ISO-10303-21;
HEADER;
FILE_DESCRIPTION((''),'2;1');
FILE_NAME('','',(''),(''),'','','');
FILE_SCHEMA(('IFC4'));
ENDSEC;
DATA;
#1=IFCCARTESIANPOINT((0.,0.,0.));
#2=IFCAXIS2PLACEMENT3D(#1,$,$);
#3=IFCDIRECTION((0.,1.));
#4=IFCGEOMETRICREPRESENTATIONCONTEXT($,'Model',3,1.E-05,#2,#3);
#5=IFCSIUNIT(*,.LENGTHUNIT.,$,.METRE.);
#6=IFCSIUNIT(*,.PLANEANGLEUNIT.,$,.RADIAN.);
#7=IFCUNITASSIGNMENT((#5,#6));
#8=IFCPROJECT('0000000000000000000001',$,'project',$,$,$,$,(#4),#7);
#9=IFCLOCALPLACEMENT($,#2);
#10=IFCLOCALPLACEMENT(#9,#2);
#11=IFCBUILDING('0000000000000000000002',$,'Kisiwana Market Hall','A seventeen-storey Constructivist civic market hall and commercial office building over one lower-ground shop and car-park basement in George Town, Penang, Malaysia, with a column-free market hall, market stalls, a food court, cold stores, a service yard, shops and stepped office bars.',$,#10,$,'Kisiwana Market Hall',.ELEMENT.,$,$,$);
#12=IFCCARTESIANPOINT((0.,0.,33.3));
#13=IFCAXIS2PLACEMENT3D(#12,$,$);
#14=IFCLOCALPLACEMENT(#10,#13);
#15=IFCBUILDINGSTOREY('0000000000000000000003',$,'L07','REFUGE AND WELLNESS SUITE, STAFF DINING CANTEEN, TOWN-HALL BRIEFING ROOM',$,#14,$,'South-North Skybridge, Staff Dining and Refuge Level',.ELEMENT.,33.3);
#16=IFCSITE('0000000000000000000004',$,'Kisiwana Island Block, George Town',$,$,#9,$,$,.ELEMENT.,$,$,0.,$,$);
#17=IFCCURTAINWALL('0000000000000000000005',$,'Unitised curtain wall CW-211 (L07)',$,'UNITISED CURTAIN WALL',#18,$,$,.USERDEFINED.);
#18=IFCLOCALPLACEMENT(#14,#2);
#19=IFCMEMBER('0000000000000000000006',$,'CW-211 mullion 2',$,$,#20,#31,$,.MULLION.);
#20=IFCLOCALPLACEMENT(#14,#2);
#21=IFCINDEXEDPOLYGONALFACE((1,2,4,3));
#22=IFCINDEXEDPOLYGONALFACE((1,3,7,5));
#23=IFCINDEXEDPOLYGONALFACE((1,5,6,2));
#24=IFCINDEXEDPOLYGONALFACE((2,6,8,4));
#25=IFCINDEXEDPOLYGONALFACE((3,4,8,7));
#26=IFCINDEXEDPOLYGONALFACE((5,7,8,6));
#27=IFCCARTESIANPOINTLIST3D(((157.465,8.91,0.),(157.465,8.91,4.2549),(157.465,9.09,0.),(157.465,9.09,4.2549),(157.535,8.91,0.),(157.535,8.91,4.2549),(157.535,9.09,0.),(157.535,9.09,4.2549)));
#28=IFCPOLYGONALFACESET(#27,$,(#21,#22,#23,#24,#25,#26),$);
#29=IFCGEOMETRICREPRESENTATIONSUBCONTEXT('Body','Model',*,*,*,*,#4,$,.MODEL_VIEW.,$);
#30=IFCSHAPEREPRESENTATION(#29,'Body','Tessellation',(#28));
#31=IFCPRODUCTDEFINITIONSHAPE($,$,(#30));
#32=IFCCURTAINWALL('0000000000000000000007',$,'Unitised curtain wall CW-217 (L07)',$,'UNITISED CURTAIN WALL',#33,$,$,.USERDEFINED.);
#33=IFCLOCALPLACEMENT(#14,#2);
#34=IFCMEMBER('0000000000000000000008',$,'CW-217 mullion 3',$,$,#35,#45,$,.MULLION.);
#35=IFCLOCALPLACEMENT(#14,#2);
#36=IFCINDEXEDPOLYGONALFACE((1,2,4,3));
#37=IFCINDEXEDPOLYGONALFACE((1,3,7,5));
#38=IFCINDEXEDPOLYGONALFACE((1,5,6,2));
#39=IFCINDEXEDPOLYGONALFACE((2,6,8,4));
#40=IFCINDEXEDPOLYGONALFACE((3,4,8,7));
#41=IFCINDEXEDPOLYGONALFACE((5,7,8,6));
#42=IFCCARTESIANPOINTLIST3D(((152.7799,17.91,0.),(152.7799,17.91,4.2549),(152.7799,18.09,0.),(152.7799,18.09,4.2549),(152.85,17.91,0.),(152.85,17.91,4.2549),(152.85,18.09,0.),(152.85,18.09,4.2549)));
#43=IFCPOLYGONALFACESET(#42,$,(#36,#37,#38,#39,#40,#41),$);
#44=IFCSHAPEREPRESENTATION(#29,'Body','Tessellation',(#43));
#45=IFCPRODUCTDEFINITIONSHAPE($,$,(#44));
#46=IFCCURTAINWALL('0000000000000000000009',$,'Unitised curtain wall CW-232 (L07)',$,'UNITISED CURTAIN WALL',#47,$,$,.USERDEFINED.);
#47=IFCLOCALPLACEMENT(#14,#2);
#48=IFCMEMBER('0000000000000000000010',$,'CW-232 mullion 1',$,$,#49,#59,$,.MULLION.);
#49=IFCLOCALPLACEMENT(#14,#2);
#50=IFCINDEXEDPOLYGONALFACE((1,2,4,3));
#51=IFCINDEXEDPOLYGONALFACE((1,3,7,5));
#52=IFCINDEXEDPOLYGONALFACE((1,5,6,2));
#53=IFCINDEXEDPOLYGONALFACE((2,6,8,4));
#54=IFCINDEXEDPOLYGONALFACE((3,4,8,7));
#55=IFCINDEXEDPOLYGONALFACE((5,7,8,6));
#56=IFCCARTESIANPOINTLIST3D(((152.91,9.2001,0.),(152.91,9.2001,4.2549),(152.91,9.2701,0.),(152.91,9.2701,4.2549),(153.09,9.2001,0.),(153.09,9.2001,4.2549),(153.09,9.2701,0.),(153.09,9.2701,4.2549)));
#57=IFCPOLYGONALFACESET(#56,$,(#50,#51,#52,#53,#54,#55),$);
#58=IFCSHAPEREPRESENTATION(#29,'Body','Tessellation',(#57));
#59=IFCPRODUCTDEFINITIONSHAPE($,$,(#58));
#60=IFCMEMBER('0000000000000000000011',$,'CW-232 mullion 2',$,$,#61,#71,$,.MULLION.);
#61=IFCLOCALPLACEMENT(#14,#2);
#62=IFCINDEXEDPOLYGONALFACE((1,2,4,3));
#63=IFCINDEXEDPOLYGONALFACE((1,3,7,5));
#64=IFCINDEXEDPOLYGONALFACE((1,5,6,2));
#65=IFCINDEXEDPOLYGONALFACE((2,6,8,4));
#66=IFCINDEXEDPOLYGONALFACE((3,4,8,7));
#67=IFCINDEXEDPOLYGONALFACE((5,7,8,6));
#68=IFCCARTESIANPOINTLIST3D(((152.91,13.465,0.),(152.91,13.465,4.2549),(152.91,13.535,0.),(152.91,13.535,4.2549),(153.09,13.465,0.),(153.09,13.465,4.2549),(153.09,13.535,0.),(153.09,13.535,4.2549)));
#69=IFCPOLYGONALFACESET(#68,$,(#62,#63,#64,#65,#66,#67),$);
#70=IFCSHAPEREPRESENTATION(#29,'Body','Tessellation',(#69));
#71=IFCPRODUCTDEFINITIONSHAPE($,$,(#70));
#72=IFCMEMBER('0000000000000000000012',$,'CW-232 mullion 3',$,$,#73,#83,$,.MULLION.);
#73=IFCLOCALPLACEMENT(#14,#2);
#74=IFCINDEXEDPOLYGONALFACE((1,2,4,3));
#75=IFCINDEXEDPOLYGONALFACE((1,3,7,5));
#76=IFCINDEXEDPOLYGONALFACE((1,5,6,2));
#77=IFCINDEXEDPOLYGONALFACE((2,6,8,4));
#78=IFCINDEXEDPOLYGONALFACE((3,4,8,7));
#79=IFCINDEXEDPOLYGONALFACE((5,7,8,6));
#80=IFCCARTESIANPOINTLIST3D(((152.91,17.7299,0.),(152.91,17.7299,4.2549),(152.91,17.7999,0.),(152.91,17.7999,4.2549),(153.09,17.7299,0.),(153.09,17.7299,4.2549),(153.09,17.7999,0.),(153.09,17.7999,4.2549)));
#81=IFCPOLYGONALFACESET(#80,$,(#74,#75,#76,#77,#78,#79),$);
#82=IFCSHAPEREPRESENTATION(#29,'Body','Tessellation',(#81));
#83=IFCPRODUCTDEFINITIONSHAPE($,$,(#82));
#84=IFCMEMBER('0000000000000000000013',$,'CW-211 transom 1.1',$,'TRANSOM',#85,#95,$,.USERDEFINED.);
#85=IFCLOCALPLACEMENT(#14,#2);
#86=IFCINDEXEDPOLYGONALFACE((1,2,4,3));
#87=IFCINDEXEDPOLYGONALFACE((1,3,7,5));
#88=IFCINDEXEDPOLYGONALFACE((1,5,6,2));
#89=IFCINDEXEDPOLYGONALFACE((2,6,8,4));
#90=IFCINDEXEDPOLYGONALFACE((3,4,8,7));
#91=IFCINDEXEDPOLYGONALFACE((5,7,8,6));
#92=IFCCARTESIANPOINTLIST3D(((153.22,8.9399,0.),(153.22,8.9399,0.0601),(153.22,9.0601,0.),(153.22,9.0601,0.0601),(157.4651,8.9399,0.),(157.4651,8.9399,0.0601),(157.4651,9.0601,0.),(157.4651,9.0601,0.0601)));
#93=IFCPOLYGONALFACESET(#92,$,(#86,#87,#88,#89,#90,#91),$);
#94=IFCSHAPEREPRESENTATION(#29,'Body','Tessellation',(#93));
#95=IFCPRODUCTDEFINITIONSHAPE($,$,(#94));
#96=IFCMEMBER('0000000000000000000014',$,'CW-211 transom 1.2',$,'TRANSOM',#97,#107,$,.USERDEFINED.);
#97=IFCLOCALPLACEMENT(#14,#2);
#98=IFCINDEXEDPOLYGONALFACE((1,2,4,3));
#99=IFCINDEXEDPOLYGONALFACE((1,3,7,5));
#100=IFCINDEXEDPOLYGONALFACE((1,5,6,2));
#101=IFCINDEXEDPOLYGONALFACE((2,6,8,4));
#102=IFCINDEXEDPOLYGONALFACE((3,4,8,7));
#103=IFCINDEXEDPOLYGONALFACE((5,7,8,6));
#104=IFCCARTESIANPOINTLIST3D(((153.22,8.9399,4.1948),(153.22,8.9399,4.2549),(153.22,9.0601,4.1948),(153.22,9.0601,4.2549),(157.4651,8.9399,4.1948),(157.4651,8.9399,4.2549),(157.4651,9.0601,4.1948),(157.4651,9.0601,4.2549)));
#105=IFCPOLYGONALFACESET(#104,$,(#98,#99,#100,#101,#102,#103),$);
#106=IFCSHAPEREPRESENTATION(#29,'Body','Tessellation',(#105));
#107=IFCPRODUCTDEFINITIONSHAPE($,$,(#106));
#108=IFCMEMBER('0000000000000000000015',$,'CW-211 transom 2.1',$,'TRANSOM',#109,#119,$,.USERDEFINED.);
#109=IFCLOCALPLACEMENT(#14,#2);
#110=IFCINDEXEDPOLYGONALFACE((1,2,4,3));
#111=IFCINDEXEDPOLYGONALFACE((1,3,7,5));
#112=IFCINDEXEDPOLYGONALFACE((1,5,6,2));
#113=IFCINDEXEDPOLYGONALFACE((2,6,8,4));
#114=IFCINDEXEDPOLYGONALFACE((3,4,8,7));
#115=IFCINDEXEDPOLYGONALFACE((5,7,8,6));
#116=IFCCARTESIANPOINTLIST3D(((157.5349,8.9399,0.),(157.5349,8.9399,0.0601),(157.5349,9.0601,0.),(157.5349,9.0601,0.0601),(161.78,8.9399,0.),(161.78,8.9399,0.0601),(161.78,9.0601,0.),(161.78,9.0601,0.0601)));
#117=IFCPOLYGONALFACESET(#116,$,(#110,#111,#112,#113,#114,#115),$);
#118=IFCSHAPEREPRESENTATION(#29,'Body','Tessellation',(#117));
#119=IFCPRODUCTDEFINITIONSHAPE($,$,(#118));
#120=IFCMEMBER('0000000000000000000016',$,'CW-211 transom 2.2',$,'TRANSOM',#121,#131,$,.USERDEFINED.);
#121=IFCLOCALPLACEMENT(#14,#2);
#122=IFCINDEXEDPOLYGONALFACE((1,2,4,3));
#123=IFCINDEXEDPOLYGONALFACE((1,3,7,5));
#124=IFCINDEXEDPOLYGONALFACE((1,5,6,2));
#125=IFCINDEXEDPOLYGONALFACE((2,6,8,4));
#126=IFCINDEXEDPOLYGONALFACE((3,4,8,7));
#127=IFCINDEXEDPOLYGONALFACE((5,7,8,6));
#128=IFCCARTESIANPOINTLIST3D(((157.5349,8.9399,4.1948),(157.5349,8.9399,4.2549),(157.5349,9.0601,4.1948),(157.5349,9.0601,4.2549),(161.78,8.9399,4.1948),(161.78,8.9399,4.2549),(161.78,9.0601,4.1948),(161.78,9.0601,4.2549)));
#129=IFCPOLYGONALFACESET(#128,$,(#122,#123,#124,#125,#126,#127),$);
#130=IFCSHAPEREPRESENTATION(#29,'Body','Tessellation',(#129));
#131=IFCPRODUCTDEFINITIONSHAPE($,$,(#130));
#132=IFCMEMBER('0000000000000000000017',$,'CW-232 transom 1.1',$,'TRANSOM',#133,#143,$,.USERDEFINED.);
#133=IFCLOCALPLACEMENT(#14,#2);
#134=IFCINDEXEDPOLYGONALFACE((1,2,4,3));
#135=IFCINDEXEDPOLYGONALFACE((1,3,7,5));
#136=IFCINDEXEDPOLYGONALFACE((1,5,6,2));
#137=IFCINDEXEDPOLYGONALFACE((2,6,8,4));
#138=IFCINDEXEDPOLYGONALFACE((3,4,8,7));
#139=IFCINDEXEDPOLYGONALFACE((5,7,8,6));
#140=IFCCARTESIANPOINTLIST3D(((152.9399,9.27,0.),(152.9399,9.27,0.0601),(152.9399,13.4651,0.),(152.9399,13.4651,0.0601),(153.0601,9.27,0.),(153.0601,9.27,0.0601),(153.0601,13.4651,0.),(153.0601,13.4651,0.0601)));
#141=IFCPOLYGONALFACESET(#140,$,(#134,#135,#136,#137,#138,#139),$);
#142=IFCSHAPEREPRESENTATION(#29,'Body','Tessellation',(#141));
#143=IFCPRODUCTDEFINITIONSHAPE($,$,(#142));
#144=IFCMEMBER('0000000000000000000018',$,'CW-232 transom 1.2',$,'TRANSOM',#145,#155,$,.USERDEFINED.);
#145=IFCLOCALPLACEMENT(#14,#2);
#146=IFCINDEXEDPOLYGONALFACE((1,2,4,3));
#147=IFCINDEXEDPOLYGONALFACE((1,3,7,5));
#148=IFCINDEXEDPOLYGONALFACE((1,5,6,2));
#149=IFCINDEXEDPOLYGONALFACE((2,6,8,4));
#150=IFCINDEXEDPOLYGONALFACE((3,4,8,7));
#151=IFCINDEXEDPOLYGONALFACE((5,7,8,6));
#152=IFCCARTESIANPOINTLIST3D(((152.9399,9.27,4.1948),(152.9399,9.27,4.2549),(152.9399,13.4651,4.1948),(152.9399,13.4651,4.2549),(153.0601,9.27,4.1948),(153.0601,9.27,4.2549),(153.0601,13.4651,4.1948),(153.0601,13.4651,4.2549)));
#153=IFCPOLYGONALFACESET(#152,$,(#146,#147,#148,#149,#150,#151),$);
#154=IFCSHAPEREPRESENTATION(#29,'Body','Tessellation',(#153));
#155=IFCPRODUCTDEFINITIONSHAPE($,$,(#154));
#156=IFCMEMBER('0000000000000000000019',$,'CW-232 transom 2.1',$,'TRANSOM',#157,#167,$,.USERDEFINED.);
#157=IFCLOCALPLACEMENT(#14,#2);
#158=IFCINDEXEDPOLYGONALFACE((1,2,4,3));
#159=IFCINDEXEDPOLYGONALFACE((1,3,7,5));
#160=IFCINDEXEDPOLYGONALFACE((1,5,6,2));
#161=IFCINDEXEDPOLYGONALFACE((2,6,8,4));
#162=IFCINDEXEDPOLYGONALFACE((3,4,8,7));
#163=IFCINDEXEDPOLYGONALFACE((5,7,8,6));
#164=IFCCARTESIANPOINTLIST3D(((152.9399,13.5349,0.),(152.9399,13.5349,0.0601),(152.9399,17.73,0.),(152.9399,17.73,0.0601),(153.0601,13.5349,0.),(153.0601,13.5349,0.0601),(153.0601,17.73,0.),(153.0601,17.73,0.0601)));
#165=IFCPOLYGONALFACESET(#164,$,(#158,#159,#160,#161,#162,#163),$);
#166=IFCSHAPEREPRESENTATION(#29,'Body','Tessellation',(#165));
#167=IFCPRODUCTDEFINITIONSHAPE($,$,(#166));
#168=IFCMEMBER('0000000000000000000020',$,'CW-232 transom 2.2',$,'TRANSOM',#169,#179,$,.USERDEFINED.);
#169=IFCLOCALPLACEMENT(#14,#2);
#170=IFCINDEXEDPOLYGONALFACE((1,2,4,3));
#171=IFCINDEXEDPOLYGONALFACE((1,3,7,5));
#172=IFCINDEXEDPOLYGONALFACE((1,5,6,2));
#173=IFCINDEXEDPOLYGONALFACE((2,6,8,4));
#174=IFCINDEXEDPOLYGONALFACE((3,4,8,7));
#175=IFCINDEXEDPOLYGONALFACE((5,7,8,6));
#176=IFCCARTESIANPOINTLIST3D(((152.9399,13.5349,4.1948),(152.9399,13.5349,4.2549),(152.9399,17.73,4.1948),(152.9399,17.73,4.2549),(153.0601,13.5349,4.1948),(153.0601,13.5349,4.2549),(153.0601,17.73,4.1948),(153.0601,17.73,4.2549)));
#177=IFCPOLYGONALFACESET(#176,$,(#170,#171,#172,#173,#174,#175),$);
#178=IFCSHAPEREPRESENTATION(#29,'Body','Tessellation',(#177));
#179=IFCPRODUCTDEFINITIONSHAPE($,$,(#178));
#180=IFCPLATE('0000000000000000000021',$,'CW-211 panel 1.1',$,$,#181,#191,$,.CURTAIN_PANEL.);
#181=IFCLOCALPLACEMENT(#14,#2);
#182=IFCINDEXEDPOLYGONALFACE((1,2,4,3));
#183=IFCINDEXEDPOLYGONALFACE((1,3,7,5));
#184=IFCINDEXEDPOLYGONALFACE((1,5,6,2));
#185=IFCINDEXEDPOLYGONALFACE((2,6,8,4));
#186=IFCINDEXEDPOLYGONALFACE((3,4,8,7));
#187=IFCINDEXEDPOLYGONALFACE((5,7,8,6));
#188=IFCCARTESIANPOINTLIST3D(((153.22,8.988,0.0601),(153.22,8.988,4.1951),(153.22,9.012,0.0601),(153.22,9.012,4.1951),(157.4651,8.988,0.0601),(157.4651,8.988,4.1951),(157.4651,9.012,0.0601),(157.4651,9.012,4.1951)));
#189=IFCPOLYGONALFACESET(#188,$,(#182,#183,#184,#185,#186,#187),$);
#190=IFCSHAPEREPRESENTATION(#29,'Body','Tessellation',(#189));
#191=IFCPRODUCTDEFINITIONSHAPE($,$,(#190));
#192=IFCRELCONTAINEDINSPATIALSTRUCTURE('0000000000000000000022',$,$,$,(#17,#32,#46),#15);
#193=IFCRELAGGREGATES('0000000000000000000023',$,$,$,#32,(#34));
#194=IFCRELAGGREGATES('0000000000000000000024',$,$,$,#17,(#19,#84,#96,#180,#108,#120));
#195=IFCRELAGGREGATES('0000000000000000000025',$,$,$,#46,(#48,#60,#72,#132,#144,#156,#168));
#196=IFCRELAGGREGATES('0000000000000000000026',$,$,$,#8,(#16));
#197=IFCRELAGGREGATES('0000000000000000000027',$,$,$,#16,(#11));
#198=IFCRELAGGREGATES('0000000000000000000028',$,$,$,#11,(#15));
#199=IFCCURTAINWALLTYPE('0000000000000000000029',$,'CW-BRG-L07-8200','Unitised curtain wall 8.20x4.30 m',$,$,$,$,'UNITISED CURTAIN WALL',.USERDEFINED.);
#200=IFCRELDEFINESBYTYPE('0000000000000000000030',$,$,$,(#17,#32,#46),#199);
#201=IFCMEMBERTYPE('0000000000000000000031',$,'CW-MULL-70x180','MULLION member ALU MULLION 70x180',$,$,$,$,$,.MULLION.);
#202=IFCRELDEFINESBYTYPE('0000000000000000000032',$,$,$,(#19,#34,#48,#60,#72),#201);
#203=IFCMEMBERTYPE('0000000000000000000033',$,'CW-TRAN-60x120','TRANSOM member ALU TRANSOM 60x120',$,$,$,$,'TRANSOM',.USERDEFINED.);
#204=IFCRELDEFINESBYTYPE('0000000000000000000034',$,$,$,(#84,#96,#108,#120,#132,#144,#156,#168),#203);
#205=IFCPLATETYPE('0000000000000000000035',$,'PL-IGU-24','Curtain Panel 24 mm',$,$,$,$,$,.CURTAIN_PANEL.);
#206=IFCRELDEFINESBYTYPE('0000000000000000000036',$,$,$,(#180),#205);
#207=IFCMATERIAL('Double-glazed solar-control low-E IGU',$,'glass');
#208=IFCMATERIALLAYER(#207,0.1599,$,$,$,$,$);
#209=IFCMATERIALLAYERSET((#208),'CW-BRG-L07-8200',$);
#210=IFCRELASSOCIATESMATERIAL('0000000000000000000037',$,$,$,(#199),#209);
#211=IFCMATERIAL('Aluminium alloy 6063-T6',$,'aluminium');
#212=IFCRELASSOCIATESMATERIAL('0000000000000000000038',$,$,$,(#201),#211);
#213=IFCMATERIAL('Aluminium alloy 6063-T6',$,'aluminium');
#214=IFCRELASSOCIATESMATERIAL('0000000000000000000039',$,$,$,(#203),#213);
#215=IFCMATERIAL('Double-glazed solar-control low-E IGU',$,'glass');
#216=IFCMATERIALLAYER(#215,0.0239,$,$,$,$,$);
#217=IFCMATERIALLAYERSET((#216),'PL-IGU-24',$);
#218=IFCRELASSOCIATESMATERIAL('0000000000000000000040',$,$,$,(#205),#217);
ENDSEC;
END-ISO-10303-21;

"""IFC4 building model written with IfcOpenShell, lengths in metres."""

from ifc_helpers import new_model, si_unit, direction, frame, origin, origin_2d, place, context, subcontext, project, spatial, rectangle, extrude, material, layer, layer_set, material_profile, profile_set, type_object, element, aggregate, save


model = new_model("IFC4")

# Units and contexts
model_context = context("Model", 3, precision=1e-05, world=origin(), true_north=direction((0.0, 1.0)))
body_context = subcontext(model_context, "Body", "Model", "MODEL_VIEW")
ifc_project = project(units=[si_unit("LENGTHUNIT", "METRE"), si_unit("PLANEANGLEUNIT", "RADIAN")], contexts=[model_context])

# Site, building, storey
site_placement = place(None, origin())
site = spatial("IfcSite", under=ifc_project, at=site_placement, Name="Kisiwana Island Block, George Town", CompositionType="ELEMENT", RefElevation=0.0)
building_placement = place(site_placement, origin())
building = spatial("IfcBuilding", under=site, at=building_placement, Name="Kisiwana Market Hall", Description="A seventeen-storey Constructivist civic market hall and commercial office building over one lower-ground shop and car-park basement in George Town, Penang, Malaysia, with a column-free market hall, market stalls, a food court, cold stores, a service yard, shops and stepped office bars.", LongName="Kisiwana Market Hall", CompositionType="ELEMENT")
storey_placement = place(building_placement, frame((0.0, 0.0, 33.3)))
storey = spatial("IfcBuildingStorey", under=building, at=storey_placement, Name="L07", Description="REFUGE AND WELLNESS SUITE, STAFF DINING CANTEEN, TOWN-HALL BRIEFING ROOM", LongName="South-North Skybridge, Staff Dining and Refuge Level", CompositionType="ELEMENT", Elevation=33.3)

# Curtain wall, member
ifc_material_1 = material(Name="Double-glazed solar-control low-E IGU", Category="glass")
ifc_layer_1 = layer(ifc_material_1, 0.1599)
ifc_layer_set_1 = layer_set([ifc_layer_1], Name="CW-BRG-L07-8200")
curtain_wall_type = type_object("IfcCurtainWallType", Name="CW-BRG-L07-8200", Description="Unitised curtain wall 8.20x4.30 m", ElementType="UNITISED CURTAIN WALL", PredefinedType="USERDEFINED", material=ifc_layer_set_1)
curtain_wall_1_placement = place(storey_placement, origin())
curtain_wall_1 = element("IfcCurtainWall", 1, at=curtain_wall_1_placement, inside=storey, type_object=curtain_wall_type, Name="Unitised curtain wall CW-211 (L07)", ObjectType="UNITISED CURTAIN WALL", PredefinedType="USERDEFINED")
ifc_material_2 = material(Name="Aluminium alloy 6063-T6", Category="aluminium")
ifc_material_profile_1 = material_profile(ifc_material_2, rectangle(XDim=0.0701, YDim=0.1799, at=origin_2d()), Name="ALU MULLION 70x180")
ifc_profile_set_1 = profile_set([ifc_material_profile_1], Name="Aluminium alloy 6063-T6")
member_type_1 = type_object("IfcMemberType", Name="CW-MULL-70x180", Description="MULLION member ALU MULLION 70x180", PredefinedType="MULLION", material=ifc_profile_set_1)
member_1_placement = place(storey_placement, frame((157.5, 9.0, 0.0), z_axis=(0.0, 0.0, 1.0), x_axis=(1.0, 0.0, 0.0)))
member_1 = element("IfcMember", 2, at=member_1_placement, type_object=member_type_1, Name="CW-211 mullion 2", PredefinedType="MULLION", context=body_context, shape_type="SweptSolid", body=[
    extrude(rectangle(XDim=0.0701, YDim=0.1799, at=origin_2d()), origin(), (0.0, 0.0, 1.0), 4.2549),
])

# Curtain wall, member
curtain_wall_2_placement = place(storey_placement, origin())
curtain_wall_2 = element("IfcCurtainWall", 3, at=curtain_wall_2_placement, inside=storey, type_object=curtain_wall_type, Name="Unitised curtain wall CW-217 (L07)", ObjectType="UNITISED CURTAIN WALL", PredefinedType="USERDEFINED")
member_2_placement = place(storey_placement, frame((152.8149, 18.0, 0.0), z_axis=(0.0, 0.0, 1.0), x_axis=(1.0, 0.0, 0.0)))
member_2 = element("IfcMember", 4, at=member_2_placement, type_object=member_type_1, Name="CW-217 mullion 3", PredefinedType="MULLION", context=body_context, shape_type="SweptSolid", body=[
    extrude(rectangle(XDim=0.0701, YDim=0.1799, at=origin_2d()), origin(), (0.0, 0.0, 1.0), 4.2549),
])
aggregate(curtain_wall_2, [member_2])

# Curtain wall, members
curtain_wall_3_placement = place(storey_placement, origin())
curtain_wall_3 = element("IfcCurtainWall", 5, at=curtain_wall_3_placement, inside=storey, type_object=curtain_wall_type, Name="Unitised curtain wall CW-232 (L07)", ObjectType="UNITISED CURTAIN WALL", PredefinedType="USERDEFINED")
member_3_placement = place(storey_placement, frame((153.0, 9.2351, 0.0), z_axis=(0.0, 0.0, 1.0), x_axis=(0.0, 1.0, 0.0)))
member_3 = element("IfcMember", 6, at=member_3_placement, type_object=member_type_1, Name="CW-232 mullion 1", PredefinedType="MULLION", context=body_context, shape_type="SweptSolid", body=[
    extrude(rectangle(XDim=0.0701, YDim=0.1799, at=origin_2d()), origin(), (0.0, 0.0, 1.0), 4.2549),
])
member_4_placement = place(storey_placement, frame((153.0, 13.5, 0.0), z_axis=(0.0, 0.0, 1.0), x_axis=(0.0, 1.0, 0.0)))
member_4 = element("IfcMember", 7, at=member_4_placement, type_object=member_type_1, Name="CW-232 mullion 2", PredefinedType="MULLION", context=body_context, shape_type="SweptSolid", body=[
    extrude(rectangle(XDim=0.0701, YDim=0.1799, at=origin_2d()), origin(), (0.0, 0.0, 1.0), 4.2549),
])
member_5_placement = place(storey_placement, frame((153.0, 17.7649, 0.0), z_axis=(0.0, 0.0, 1.0), x_axis=(0.0, 1.0, 0.0)))
member_5 = element("IfcMember", 8, at=member_5_placement, type_object=member_type_1, Name="CW-232 mullion 3", PredefinedType="MULLION", context=body_context, shape_type="SweptSolid", body=[
    extrude(rectangle(XDim=0.0701, YDim=0.1799, at=origin_2d()), origin(), (0.0, 0.0, 1.0), 4.2549),
])

# Members
ifc_material_3 = material(Name="Aluminium alloy 6063-T6", Category="aluminium")
ifc_material_profile_2 = material_profile(ifc_material_3, rectangle(XDim=0.1201, YDim=0.0601, at=origin_2d()), Name="ALU TRANSOM 60x120")
ifc_profile_set_2 = profile_set([ifc_material_profile_2], Name="Aluminium alloy 6063-T6")
member_type_2 = type_object("IfcMemberType", Name="CW-TRAN-60x120", Description="TRANSOM member ALU TRANSOM 60x120", ElementType="TRANSOM", PredefinedType="USERDEFINED", material=ifc_profile_set_2)
member_6_placement = place(storey_placement, frame((153.22, 9.0, 0.03), z_axis=(1.0, 0.0, 0.0), x_axis=(0.0, 1.0, 0.0)))
member_6 = element("IfcMember", 9, at=member_6_placement, type_object=member_type_2, Name="CW-211 transom 1.1", ObjectType="TRANSOM", PredefinedType="USERDEFINED", context=body_context, shape_type="SweptSolid", body=[
    extrude(rectangle(XDim=0.1201, YDim=0.0601, at=origin_2d()), origin(), (0.0, 0.0, 1.0), 4.2451),
])
member_7_placement = place(storey_placement, frame((153.22, 9.0, 4.2249), z_axis=(1.0, 0.0, 0.0), x_axis=(0.0, 1.0, 0.0)))
member_7 = element("IfcMember", 10, at=member_7_placement, type_object=member_type_2, Name="CW-211 transom 1.2", ObjectType="TRANSOM", PredefinedType="USERDEFINED", context=body_context, shape_type="SweptSolid", body=[
    extrude(rectangle(XDim=0.1201, YDim=0.0601, at=origin_2d()), origin(), (0.0, 0.0, 1.0), 4.2451),
])
member_8_placement = place(storey_placement, frame((157.5349, 9.0, 0.03), z_axis=(1.0, 0.0, 0.0), x_axis=(0.0, 1.0, 0.0)))
member_8 = element("IfcMember", 11, at=member_8_placement, type_object=member_type_2, Name="CW-211 transom 2.1", ObjectType="TRANSOM", PredefinedType="USERDEFINED", context=body_context, shape_type="SweptSolid", body=[
    extrude(rectangle(XDim=0.1201, YDim=0.0601, at=origin_2d()), origin(), (0.0, 0.0, 1.0), 4.2451),
])
member_9_placement = place(storey_placement, frame((157.5349, 9.0, 4.2249), z_axis=(1.0, 0.0, 0.0), x_axis=(0.0, 1.0, 0.0)))
member_9 = element("IfcMember", 12, at=member_9_placement, type_object=member_type_2, Name="CW-211 transom 2.2", ObjectType="TRANSOM", PredefinedType="USERDEFINED", context=body_context, shape_type="SweptSolid", body=[
    extrude(rectangle(XDim=0.1201, YDim=0.0601, at=origin_2d()), origin(), (0.0, 0.0, 1.0), 4.2451),
])
member_10_placement = place(storey_placement, frame((153.0, 9.27, 0.03), z_axis=(0.0, 1.0, 0.0), x_axis=(-1.0, 0.0, 0.0)))
member_10 = element("IfcMember", 13, at=member_10_placement, type_object=member_type_2, Name="CW-232 transom 1.1", ObjectType="TRANSOM", PredefinedType="USERDEFINED", context=body_context, shape_type="SweptSolid", body=[
    extrude(rectangle(XDim=0.1201, YDim=0.0601, at=origin_2d()), origin(), (0.0, 0.0, 1.0), 4.1951),
])
member_11_placement = place(storey_placement, frame((153.0, 9.27, 4.2249), z_axis=(0.0, 1.0, 0.0), x_axis=(-1.0, 0.0, 0.0)))
member_11 = element("IfcMember", 14, at=member_11_placement, type_object=member_type_2, Name="CW-232 transom 1.2", ObjectType="TRANSOM", PredefinedType="USERDEFINED", context=body_context, shape_type="SweptSolid", body=[
    extrude(rectangle(XDim=0.1201, YDim=0.0601, at=origin_2d()), origin(), (0.0, 0.0, 1.0), 4.1951),
])
member_12_placement = place(storey_placement, frame((153.0, 13.5349, 0.03), z_axis=(0.0, 1.0, 0.0), x_axis=(-1.0, 0.0, 0.0)))
member_12 = element("IfcMember", 15, at=member_12_placement, type_object=member_type_2, Name="CW-232 transom 2.1", ObjectType="TRANSOM", PredefinedType="USERDEFINED", context=body_context, shape_type="SweptSolid", body=[
    extrude(rectangle(XDim=0.1201, YDim=0.0601, at=origin_2d()), origin(), (0.0, 0.0, 1.0), 4.1951),
])
member_13_placement = place(storey_placement, frame((153.0, 13.5349, 4.2249), z_axis=(0.0, 1.0, 0.0), x_axis=(-1.0, 0.0, 0.0)))
member_13 = element("IfcMember", 16, at=member_13_placement, type_object=member_type_2, Name="CW-232 transom 2.2", ObjectType="TRANSOM", PredefinedType="USERDEFINED", context=body_context, shape_type="SweptSolid", body=[
    extrude(rectangle(XDim=0.1201, YDim=0.0601, at=origin_2d()), origin(), (0.0, 0.0, 1.0), 4.1951),
])

# Plate
ifc_material_4 = material(Name="Double-glazed solar-control low-E IGU", Category="glass")
ifc_layer_2 = layer(ifc_material_4, 0.0239)
ifc_layer_set_2 = layer_set([ifc_layer_2], Name="PL-IGU-24")
plate_type_1 = type_object("IfcPlateType", Name="PL-IGU-24", Description="Curtain Panel 24 mm", PredefinedType="CURTAIN_PANEL", material=ifc_layer_set_2)
plate_1_placement = place(storey_placement, frame((155.3425, 9.0, 0.0601), z_axis=(0.0, 0.0, 1.0), x_axis=(1.0, 0.0, 0.0)))
plate_1 = element("IfcPlate", 17, at=plate_1_placement, type_object=plate_type_1, Name="CW-211 panel 1.1", PredefinedType="CURTAIN_PANEL", context=body_context, shape_type="SweptSolid", body=[
    extrude(rectangle(XDim=4.2451, YDim=0.0239, at=origin_2d()), origin(), (0.0, 0.0, 1.0), 4.135),
])
aggregate(curtain_wall_1, [member_1, member_6, member_7, plate_1, member_8, member_9])
aggregate(curtain_wall_3, [member_3, member_4, member_5, member_10, member_11, member_12, member_13])

save(model, "model.ifc")
